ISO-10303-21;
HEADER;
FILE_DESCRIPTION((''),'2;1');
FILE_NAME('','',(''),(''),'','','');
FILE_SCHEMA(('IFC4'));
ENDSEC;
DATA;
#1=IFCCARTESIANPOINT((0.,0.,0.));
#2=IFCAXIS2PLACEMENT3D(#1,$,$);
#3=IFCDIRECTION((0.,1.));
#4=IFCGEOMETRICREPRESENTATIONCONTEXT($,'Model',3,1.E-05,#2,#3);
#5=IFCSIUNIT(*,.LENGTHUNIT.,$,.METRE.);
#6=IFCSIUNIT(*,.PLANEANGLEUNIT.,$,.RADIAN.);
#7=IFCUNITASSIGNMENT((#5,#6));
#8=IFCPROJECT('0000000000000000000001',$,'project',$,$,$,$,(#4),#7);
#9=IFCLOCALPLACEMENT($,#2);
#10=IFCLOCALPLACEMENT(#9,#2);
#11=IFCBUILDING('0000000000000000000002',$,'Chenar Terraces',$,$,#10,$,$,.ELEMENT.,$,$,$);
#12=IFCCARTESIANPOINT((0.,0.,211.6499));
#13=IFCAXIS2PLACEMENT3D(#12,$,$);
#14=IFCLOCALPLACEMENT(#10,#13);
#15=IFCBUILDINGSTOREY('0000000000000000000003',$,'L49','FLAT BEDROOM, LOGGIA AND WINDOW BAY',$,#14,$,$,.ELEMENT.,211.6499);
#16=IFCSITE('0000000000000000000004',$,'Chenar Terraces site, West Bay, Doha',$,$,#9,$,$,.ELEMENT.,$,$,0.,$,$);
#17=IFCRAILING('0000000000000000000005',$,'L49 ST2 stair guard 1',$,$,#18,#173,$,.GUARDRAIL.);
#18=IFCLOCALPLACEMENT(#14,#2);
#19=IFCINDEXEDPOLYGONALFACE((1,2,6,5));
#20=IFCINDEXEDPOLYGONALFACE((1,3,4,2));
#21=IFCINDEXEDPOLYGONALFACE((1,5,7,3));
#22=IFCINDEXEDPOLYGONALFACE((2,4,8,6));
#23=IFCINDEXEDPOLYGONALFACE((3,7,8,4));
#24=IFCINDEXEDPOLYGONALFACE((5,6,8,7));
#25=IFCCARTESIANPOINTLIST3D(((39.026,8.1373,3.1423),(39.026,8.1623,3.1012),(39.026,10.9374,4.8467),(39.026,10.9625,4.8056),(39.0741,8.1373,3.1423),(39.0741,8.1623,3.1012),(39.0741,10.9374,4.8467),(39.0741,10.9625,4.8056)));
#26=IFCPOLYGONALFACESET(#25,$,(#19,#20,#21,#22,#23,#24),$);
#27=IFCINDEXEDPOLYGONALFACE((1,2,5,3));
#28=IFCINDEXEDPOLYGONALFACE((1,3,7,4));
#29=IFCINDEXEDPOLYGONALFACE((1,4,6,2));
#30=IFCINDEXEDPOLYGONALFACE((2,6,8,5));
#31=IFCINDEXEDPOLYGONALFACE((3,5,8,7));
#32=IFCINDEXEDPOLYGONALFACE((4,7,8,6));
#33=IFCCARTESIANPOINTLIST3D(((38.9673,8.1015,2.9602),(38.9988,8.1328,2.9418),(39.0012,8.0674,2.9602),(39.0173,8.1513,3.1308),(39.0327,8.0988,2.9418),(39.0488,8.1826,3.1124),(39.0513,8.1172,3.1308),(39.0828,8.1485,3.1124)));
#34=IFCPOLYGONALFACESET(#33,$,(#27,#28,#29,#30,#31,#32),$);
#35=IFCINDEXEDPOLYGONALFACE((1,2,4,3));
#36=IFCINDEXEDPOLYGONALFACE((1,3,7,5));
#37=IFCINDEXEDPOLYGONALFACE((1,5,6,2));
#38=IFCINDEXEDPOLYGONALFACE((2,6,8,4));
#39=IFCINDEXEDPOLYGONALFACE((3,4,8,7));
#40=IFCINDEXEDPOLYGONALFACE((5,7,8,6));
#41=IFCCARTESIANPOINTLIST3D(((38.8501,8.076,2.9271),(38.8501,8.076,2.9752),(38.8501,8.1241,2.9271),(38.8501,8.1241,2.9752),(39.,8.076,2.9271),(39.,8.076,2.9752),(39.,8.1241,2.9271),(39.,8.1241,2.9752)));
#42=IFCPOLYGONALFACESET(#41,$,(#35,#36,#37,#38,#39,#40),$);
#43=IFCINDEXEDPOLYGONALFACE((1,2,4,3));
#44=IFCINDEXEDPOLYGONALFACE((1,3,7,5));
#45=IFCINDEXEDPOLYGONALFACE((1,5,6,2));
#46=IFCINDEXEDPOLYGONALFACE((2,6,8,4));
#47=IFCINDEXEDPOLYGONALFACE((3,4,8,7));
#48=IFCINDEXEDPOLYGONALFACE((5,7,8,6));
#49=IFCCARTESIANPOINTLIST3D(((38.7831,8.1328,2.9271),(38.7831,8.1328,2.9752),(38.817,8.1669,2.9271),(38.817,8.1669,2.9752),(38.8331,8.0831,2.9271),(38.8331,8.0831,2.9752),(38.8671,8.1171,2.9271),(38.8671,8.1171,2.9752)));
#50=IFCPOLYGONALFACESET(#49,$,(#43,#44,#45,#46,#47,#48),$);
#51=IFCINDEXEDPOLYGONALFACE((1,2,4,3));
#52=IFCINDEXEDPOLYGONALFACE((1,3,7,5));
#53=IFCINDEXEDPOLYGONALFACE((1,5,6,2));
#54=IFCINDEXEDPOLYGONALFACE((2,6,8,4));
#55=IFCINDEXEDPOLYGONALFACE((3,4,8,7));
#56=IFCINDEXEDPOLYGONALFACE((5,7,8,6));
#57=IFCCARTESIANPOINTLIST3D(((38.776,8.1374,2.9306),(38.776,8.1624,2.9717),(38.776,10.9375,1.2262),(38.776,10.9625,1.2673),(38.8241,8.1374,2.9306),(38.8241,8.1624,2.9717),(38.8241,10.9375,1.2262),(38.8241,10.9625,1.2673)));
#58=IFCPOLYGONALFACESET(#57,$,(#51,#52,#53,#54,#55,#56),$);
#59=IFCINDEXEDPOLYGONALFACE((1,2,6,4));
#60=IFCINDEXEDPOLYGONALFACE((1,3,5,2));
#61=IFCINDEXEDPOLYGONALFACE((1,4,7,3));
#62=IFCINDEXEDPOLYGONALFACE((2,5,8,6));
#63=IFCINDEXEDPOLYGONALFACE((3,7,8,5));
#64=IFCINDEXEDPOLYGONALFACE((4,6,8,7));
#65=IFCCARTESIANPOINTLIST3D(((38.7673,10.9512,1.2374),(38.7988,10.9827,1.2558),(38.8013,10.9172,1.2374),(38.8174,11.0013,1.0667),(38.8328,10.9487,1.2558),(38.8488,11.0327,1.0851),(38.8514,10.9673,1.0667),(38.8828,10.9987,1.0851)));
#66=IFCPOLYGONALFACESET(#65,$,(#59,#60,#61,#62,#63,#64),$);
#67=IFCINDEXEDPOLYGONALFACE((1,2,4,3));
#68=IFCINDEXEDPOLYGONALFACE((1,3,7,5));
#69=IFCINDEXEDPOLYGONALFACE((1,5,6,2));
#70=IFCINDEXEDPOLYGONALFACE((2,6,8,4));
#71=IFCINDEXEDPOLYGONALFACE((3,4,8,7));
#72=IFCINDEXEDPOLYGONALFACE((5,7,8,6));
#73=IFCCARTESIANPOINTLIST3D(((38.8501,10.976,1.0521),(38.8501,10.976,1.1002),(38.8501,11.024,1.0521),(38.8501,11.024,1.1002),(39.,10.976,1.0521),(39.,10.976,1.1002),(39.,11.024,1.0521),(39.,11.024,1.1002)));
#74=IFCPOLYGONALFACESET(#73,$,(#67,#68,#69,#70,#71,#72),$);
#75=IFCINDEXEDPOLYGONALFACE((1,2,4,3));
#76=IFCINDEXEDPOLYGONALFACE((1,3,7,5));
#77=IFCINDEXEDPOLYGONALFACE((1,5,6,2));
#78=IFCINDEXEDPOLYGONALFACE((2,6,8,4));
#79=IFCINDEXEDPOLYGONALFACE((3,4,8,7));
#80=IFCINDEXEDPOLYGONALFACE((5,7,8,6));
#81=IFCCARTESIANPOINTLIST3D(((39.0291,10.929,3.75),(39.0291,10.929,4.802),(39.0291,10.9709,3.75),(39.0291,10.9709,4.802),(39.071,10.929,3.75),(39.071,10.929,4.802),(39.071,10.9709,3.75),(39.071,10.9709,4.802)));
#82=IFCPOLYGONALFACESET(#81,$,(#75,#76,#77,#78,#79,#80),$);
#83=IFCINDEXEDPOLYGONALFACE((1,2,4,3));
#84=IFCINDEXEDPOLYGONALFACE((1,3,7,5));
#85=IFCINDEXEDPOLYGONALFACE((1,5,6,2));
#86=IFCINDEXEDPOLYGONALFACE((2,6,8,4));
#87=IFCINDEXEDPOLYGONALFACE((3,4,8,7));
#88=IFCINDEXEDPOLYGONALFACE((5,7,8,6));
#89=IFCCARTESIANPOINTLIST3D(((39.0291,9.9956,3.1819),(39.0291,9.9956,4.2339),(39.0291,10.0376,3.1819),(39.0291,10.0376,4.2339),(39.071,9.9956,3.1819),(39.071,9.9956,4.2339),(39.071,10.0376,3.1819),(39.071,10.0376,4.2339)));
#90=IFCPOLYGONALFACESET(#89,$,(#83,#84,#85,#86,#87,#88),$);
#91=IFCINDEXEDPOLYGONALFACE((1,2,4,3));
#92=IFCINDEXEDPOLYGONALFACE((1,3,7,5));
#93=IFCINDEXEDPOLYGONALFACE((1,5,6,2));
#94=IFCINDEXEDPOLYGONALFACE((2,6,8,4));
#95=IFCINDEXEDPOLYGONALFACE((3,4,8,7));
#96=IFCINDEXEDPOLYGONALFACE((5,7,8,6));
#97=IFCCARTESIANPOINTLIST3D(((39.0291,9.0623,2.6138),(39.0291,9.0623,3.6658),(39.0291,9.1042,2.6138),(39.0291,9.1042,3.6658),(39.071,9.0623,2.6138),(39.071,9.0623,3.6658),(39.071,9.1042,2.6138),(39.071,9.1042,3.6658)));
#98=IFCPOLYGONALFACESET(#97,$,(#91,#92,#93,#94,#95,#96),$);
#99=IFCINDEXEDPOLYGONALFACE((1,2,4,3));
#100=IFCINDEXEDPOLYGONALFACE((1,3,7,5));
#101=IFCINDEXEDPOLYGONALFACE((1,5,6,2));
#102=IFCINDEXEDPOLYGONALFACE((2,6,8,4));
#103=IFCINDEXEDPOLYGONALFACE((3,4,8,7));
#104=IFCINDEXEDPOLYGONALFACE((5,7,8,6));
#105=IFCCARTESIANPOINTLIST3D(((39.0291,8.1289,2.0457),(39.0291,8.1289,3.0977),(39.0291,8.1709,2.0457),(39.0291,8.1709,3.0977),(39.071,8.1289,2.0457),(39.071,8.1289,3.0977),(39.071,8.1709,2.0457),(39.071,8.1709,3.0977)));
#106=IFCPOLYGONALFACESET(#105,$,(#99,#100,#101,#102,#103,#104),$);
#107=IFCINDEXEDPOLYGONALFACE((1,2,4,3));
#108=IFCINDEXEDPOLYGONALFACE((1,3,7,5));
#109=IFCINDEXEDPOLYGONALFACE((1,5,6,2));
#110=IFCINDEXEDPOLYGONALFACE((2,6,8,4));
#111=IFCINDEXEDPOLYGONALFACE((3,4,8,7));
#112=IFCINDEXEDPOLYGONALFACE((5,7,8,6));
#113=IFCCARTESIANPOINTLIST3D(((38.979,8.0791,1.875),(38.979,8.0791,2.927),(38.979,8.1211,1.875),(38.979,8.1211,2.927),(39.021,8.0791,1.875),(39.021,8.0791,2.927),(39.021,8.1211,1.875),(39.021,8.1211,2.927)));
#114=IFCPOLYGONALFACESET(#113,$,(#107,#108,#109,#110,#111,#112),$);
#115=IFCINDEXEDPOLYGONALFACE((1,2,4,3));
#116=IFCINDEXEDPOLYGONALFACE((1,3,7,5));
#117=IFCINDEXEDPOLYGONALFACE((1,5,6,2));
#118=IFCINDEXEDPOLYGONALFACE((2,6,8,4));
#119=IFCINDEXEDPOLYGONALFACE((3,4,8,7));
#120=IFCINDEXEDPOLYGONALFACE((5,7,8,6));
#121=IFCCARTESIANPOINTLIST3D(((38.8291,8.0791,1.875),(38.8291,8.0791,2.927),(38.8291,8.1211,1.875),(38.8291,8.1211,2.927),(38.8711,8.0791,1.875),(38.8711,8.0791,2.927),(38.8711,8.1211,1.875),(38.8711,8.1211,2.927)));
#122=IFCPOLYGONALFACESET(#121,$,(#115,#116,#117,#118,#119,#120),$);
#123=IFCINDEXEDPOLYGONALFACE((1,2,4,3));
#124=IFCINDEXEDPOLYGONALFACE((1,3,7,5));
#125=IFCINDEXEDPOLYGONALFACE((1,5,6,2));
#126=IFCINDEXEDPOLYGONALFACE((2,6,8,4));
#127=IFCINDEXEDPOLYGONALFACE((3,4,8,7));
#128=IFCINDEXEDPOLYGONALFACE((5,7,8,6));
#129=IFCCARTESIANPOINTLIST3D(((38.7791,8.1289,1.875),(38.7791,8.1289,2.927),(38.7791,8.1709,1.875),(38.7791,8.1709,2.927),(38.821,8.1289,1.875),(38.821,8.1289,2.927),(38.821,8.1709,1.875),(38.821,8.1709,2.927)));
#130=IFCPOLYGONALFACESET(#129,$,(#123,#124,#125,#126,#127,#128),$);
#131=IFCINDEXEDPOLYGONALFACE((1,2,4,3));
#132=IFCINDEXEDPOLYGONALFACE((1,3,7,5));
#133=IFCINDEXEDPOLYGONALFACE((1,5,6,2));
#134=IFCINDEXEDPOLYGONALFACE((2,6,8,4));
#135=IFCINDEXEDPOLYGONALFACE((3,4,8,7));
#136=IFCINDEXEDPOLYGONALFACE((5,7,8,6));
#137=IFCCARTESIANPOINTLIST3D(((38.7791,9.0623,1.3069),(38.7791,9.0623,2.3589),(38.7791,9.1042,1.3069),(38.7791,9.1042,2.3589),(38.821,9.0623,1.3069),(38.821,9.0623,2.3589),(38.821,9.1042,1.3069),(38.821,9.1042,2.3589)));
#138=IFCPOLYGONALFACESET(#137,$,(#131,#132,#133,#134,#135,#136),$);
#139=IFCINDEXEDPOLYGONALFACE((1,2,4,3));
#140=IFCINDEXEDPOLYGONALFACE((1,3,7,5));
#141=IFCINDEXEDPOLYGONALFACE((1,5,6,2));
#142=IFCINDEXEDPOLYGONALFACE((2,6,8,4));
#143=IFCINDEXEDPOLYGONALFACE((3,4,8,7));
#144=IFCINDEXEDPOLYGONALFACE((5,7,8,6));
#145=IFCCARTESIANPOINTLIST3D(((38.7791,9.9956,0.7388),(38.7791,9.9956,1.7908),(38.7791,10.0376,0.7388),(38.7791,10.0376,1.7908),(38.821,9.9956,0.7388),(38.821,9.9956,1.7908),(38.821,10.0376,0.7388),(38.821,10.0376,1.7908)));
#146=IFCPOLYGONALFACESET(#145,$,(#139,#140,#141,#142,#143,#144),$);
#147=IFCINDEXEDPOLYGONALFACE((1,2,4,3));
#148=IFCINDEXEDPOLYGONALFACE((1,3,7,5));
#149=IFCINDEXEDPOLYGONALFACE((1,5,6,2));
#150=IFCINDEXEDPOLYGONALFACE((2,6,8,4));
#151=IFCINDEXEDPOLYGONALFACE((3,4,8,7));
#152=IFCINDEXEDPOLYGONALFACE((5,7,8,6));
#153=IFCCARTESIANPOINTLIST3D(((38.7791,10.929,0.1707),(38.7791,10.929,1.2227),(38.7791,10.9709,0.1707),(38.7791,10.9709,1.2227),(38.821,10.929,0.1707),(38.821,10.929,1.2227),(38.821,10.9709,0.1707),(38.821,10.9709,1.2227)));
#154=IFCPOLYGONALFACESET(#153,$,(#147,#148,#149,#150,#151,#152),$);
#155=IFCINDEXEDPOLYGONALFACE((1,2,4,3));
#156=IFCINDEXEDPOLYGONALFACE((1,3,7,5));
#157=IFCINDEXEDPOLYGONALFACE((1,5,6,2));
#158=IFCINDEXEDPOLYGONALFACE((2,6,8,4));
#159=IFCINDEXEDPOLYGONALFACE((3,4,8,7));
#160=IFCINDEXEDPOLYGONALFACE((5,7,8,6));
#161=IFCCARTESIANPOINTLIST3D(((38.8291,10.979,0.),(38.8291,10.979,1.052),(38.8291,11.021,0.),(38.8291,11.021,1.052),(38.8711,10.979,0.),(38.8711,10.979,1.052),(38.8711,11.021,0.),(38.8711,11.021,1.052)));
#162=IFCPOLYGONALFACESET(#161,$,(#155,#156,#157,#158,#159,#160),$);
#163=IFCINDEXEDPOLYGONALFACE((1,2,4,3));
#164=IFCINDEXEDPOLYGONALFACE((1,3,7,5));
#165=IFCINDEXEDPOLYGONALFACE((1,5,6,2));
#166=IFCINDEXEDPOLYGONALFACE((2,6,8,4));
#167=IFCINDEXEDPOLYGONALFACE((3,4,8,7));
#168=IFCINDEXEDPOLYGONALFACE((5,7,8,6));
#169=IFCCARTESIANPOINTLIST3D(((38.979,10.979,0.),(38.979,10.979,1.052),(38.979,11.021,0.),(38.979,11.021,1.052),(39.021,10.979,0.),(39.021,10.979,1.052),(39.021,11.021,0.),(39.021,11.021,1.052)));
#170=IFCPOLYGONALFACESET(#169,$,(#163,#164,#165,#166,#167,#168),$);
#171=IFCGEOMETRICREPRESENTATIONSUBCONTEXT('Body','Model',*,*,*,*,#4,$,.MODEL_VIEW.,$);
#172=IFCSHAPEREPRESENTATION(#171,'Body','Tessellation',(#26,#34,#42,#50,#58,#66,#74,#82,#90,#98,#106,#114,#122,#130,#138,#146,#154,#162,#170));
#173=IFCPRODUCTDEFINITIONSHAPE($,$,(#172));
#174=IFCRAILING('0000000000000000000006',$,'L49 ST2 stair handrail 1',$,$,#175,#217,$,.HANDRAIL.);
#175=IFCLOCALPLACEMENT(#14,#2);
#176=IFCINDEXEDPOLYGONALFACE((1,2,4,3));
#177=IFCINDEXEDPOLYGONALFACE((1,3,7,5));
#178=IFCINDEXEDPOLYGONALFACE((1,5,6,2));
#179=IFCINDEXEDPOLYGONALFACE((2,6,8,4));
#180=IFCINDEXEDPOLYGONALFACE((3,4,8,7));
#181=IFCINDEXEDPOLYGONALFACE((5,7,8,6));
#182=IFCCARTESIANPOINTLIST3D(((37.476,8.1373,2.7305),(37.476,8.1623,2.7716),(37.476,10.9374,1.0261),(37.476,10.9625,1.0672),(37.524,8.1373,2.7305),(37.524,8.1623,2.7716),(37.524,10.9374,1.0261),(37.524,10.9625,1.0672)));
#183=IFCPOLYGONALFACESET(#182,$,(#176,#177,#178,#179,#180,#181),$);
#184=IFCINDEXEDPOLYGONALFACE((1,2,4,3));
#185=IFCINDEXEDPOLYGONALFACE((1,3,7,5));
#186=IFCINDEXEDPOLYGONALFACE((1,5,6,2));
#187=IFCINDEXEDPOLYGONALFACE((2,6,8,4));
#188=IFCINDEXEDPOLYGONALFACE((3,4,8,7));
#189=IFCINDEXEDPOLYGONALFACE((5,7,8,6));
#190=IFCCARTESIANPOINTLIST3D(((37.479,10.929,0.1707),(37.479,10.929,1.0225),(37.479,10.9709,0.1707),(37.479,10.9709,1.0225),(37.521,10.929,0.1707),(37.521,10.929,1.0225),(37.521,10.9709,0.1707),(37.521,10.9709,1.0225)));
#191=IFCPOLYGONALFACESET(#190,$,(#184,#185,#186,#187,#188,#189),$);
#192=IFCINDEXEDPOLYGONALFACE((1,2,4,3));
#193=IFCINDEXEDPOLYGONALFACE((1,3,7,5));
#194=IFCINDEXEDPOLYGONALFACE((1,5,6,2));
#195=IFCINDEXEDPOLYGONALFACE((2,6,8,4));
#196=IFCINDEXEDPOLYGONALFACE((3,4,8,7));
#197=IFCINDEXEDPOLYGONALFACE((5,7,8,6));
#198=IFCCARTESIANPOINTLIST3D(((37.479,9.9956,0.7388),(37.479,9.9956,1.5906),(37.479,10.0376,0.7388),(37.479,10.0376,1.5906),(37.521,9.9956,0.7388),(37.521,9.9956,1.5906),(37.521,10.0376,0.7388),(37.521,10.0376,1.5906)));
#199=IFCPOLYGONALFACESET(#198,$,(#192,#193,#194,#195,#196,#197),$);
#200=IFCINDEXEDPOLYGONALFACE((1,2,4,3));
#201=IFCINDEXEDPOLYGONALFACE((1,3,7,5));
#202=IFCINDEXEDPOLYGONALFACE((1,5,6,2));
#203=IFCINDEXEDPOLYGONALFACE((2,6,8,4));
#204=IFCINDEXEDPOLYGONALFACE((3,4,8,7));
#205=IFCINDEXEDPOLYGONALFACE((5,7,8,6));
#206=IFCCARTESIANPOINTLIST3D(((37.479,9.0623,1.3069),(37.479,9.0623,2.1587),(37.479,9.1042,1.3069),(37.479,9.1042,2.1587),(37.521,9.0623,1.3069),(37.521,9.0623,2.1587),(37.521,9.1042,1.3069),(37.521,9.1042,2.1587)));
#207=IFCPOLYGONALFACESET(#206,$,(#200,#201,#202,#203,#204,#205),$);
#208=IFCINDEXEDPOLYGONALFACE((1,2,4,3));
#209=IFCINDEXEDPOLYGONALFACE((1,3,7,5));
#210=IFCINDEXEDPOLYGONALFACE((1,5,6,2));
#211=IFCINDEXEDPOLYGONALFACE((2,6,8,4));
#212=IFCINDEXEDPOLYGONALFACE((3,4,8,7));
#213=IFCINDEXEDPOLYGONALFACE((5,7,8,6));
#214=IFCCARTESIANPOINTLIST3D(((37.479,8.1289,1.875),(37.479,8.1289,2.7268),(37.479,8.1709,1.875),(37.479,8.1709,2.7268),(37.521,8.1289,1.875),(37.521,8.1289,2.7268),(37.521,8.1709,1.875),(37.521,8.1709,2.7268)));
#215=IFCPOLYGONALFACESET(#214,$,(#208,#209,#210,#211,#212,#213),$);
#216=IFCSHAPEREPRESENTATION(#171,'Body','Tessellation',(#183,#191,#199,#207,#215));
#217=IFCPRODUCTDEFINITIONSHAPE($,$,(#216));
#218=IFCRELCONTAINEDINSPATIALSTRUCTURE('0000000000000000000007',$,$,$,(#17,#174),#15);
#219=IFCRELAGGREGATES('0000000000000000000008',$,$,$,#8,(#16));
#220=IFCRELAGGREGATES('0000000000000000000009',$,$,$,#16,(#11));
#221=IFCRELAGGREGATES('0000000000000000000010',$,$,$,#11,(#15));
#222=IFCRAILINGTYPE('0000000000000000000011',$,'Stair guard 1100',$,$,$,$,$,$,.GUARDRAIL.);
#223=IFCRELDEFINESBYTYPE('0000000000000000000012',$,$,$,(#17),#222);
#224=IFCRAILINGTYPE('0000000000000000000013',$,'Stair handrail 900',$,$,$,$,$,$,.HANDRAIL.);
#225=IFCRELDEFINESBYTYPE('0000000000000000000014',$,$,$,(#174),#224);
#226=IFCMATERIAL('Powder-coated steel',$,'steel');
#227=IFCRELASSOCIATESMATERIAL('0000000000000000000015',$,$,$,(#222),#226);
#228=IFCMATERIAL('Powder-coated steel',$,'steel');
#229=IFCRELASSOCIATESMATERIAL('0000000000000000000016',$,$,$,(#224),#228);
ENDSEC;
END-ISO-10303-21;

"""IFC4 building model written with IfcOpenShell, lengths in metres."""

from ifc_helpers import new_model, si_unit, direction, frame, origin, origin_2d, place, context, subcontext, project, spatial, rectangle, extrude, material, type_object, element, save


model = new_model("IFC4")

# Units and contexts
model_context = context("Model", 3, precision=1e-05, world=origin(), true_north=direction((0.0, 1.0)))
body_context = subcontext(model_context, "Body", "Model", "MODEL_VIEW")
ifc_project = project(units=[si_unit("LENGTHUNIT", "METRE"), si_unit("PLANEANGLEUNIT", "RADIAN")], contexts=[model_context])

# Site, building, storey
site_placement = place(None, origin())
site = spatial("IfcSite", under=ifc_project, at=site_placement, Name="Chenar Terraces site, West Bay, Doha", CompositionType="ELEMENT", RefElevation=0.0)
building_placement = place(site_placement, origin())
building = spatial("IfcBuilding", under=site, at=building_placement, Name="Chenar Terraces", CompositionType="ELEMENT")
storey_placement = place(building_placement, frame((0.0, 0.0, 211.6499)))
storey = spatial("IfcBuildingStorey", under=building, at=storey_placement, Name="L49", Description="FLAT BEDROOM, LOGGIA AND WINDOW BAY", CompositionType="ELEMENT", Elevation=211.6499)

# Railings
ifc_material_1 = material(Name="Powder-coated steel", Category="steel")
railing_type_1 = type_object("IfcRailingType", Name="Stair guard 1100", PredefinedType="GUARDRAIL", material=ifc_material_1)
railing_1_placement = place(storey_placement, frame((39.05, 10.95, 3.75)))
element("IfcRailing", 1, at=railing_1_placement, inside=storey, type_object=railing_type_1, Name="L49 ST2 stair guard 1", PredefinedType="GUARDRAIL", context=body_context, shape_type="SweptSolid", body=[
    extrude(rectangle(XDim=0.0481, YDim=0.0481, at=origin_2d()), frame((0.0, 0.0, 1.0762), z_axis=(0.0, -0.854203, -0.51994), x_axis=(1.0, 0.0, 0.0)), (0.0, 0.0, 1.0), 3.2781),
    extrude(rectangle(XDim=0.0481, YDim=0.0481, at=origin_2d()), frame((0.0, -2.8, -0.6284), z_axis=(-0.270997, -0.269675, -0.924033), x_axis=(0.705376, -0.708834, 0.0)), (0.0, 0.0, 1.0), 0.1846),
    extrude(rectangle(XDim=0.0481, YDim=0.0481, at=origin_2d()), frame((-0.05, -2.8499, -0.7988), z_axis=(-1.0, 0.0, 0.0), x_axis=(0.0, -1.0, 0.0)), (0.0, 0.0, 1.0), 0.1499),
    extrude(rectangle(XDim=0.0481, YDim=0.0481, at=origin_2d()), frame((-0.2, -2.8499, -0.7988), z_axis=(-0.708834, 0.705376, 0.0), x_axis=(-0.705376, -0.708834, 0.0)), (0.0, 0.0, 1.0), 0.0706),
    extrude(rectangle(XDim=0.0481, YDim=0.0481, at=origin_2d()), frame((-0.25, -2.8, -0.7988), z_axis=(0.0, 0.854203, -0.51994), x_axis=(-1.0, 0.0, 0.0)), (0.0, 0.0, 1.0), 3.2781),
    extrude(rectangle(XDim=0.0481, YDim=0.0481, at=origin_2d()), frame((-0.25, 0.0, -2.5034), z_axis=(0.2709, 0.2709, -0.923703), x_axis=(-0.707107, 0.707107, 0.0)), (0.0, 0.0, 1.0), 0.1848),
    extrude(rectangle(XDim=0.0481, YDim=0.0481, at=origin_2d()), frame((-0.2, 0.05, -2.6738), z_axis=(1.0, 0.0, 0.0), x_axis=(0.0, 1.0, 0.0)), (0.0, 0.0, 1.0), 0.1499),
    extrude(rectangle(XDim=0.042, YDim=0.042, at=origin_2d()), origin(), (0.0, 0.0, 1.0), 1.052),
    extrude(rectangle(XDim=0.042, YDim=0.042, at=origin_2d()), frame((0.0, -0.9333, -0.5681)), (0.0, 0.0, 1.0), 1.052),
    extrude(rectangle(XDim=0.042, YDim=0.042, at=origin_2d()), frame((0.0, -1.8667, -1.1362)), (0.0, 0.0, 1.0), 1.052),
    extrude(rectangle(XDim=0.042, YDim=0.042, at=origin_2d()), frame((0.0, -2.8, -1.7043)), (0.0, 0.0, 1.0), 1.052),
    extrude(rectangle(XDim=0.042, YDim=0.042, at=origin_2d()), frame((-0.05, -2.8499, -1.875)), (0.0, 0.0, 1.0), 1.052),
    extrude(rectangle(XDim=0.042, YDim=0.042, at=origin_2d()), frame((-0.2, -2.8499, -1.875)), (0.0, 0.0, 1.0), 1.052),
    extrude(rectangle(XDim=0.042, YDim=0.042, at=origin_2d()), frame((-0.25, -2.8, -1.875)), (0.0, 0.0, 1.0), 1.052),
    extrude(rectangle(XDim=0.042, YDim=0.042, at=origin_2d()), frame((-0.25, -1.8667, -2.4431)), (0.0, 0.0, 1.0), 1.052),
    extrude(rectangle(XDim=0.042, YDim=0.042, at=origin_2d()), frame((-0.25, -0.9333, -3.0112)), (0.0, 0.0, 1.0), 1.052),
    extrude(rectangle(XDim=0.042, YDim=0.042, at=origin_2d()), frame((-0.25, 0.0, -3.5793)), (0.0, 0.0, 1.0), 1.052),
    extrude(rectangle(XDim=0.042, YDim=0.042, at=origin_2d()), frame((-0.2, 0.05, -3.75)), (0.0, 0.0, 1.0), 1.052),
    extrude(rectangle(XDim=0.042, YDim=0.042, at=origin_2d()), frame((-0.05, 0.05, -3.75)), (0.0, 0.0, 1.0), 1.052),
])
ifc_material_2 = material(Name="Powder-coated steel", Category="steel")
railing_type_2 = type_object("IfcRailingType", Name="Stair handrail 900", PredefinedType="HANDRAIL", material=ifc_material_2)
railing_2_placement = place(storey_placement, frame((37.5, 10.95, 0.1707)))
element("IfcRailing", 2, at=railing_2_placement, inside=storey, type_object=railing_type_2, Name="L49 ST2 stair handrail 1", PredefinedType="HANDRAIL", context=body_context, shape_type="SweptSolid", body=[
    extrude(rectangle(XDim=0.0481, YDim=0.0481, at=origin_2d()), frame((0.0, 0.0, 0.876), z_axis=(0.0, -0.854203, 0.51994), x_axis=(1.0, 0.0, 0.0)), (0.0, 0.0, 1.0), 3.2781),
    extrude(rectangle(XDim=0.042, YDim=0.042, at=origin_2d()), origin(), (0.0, 0.0, 1.0), 0.8518),
    extrude(rectangle(XDim=0.042, YDim=0.042, at=origin_2d()), frame((0.0, -0.9333, 0.5681)), (0.0, 0.0, 1.0), 0.8518),
    extrude(rectangle(XDim=0.042, YDim=0.042, at=origin_2d()), frame((0.0, -1.8667, 1.1362)), (0.0, 0.0, 1.0), 0.8518),
    extrude(rectangle(XDim=0.042, YDim=0.042, at=origin_2d()), frame((0.0, -2.8, 1.7043)), (0.0, 0.0, 1.0), 0.8518),
])

save(model, "model.ifc")
